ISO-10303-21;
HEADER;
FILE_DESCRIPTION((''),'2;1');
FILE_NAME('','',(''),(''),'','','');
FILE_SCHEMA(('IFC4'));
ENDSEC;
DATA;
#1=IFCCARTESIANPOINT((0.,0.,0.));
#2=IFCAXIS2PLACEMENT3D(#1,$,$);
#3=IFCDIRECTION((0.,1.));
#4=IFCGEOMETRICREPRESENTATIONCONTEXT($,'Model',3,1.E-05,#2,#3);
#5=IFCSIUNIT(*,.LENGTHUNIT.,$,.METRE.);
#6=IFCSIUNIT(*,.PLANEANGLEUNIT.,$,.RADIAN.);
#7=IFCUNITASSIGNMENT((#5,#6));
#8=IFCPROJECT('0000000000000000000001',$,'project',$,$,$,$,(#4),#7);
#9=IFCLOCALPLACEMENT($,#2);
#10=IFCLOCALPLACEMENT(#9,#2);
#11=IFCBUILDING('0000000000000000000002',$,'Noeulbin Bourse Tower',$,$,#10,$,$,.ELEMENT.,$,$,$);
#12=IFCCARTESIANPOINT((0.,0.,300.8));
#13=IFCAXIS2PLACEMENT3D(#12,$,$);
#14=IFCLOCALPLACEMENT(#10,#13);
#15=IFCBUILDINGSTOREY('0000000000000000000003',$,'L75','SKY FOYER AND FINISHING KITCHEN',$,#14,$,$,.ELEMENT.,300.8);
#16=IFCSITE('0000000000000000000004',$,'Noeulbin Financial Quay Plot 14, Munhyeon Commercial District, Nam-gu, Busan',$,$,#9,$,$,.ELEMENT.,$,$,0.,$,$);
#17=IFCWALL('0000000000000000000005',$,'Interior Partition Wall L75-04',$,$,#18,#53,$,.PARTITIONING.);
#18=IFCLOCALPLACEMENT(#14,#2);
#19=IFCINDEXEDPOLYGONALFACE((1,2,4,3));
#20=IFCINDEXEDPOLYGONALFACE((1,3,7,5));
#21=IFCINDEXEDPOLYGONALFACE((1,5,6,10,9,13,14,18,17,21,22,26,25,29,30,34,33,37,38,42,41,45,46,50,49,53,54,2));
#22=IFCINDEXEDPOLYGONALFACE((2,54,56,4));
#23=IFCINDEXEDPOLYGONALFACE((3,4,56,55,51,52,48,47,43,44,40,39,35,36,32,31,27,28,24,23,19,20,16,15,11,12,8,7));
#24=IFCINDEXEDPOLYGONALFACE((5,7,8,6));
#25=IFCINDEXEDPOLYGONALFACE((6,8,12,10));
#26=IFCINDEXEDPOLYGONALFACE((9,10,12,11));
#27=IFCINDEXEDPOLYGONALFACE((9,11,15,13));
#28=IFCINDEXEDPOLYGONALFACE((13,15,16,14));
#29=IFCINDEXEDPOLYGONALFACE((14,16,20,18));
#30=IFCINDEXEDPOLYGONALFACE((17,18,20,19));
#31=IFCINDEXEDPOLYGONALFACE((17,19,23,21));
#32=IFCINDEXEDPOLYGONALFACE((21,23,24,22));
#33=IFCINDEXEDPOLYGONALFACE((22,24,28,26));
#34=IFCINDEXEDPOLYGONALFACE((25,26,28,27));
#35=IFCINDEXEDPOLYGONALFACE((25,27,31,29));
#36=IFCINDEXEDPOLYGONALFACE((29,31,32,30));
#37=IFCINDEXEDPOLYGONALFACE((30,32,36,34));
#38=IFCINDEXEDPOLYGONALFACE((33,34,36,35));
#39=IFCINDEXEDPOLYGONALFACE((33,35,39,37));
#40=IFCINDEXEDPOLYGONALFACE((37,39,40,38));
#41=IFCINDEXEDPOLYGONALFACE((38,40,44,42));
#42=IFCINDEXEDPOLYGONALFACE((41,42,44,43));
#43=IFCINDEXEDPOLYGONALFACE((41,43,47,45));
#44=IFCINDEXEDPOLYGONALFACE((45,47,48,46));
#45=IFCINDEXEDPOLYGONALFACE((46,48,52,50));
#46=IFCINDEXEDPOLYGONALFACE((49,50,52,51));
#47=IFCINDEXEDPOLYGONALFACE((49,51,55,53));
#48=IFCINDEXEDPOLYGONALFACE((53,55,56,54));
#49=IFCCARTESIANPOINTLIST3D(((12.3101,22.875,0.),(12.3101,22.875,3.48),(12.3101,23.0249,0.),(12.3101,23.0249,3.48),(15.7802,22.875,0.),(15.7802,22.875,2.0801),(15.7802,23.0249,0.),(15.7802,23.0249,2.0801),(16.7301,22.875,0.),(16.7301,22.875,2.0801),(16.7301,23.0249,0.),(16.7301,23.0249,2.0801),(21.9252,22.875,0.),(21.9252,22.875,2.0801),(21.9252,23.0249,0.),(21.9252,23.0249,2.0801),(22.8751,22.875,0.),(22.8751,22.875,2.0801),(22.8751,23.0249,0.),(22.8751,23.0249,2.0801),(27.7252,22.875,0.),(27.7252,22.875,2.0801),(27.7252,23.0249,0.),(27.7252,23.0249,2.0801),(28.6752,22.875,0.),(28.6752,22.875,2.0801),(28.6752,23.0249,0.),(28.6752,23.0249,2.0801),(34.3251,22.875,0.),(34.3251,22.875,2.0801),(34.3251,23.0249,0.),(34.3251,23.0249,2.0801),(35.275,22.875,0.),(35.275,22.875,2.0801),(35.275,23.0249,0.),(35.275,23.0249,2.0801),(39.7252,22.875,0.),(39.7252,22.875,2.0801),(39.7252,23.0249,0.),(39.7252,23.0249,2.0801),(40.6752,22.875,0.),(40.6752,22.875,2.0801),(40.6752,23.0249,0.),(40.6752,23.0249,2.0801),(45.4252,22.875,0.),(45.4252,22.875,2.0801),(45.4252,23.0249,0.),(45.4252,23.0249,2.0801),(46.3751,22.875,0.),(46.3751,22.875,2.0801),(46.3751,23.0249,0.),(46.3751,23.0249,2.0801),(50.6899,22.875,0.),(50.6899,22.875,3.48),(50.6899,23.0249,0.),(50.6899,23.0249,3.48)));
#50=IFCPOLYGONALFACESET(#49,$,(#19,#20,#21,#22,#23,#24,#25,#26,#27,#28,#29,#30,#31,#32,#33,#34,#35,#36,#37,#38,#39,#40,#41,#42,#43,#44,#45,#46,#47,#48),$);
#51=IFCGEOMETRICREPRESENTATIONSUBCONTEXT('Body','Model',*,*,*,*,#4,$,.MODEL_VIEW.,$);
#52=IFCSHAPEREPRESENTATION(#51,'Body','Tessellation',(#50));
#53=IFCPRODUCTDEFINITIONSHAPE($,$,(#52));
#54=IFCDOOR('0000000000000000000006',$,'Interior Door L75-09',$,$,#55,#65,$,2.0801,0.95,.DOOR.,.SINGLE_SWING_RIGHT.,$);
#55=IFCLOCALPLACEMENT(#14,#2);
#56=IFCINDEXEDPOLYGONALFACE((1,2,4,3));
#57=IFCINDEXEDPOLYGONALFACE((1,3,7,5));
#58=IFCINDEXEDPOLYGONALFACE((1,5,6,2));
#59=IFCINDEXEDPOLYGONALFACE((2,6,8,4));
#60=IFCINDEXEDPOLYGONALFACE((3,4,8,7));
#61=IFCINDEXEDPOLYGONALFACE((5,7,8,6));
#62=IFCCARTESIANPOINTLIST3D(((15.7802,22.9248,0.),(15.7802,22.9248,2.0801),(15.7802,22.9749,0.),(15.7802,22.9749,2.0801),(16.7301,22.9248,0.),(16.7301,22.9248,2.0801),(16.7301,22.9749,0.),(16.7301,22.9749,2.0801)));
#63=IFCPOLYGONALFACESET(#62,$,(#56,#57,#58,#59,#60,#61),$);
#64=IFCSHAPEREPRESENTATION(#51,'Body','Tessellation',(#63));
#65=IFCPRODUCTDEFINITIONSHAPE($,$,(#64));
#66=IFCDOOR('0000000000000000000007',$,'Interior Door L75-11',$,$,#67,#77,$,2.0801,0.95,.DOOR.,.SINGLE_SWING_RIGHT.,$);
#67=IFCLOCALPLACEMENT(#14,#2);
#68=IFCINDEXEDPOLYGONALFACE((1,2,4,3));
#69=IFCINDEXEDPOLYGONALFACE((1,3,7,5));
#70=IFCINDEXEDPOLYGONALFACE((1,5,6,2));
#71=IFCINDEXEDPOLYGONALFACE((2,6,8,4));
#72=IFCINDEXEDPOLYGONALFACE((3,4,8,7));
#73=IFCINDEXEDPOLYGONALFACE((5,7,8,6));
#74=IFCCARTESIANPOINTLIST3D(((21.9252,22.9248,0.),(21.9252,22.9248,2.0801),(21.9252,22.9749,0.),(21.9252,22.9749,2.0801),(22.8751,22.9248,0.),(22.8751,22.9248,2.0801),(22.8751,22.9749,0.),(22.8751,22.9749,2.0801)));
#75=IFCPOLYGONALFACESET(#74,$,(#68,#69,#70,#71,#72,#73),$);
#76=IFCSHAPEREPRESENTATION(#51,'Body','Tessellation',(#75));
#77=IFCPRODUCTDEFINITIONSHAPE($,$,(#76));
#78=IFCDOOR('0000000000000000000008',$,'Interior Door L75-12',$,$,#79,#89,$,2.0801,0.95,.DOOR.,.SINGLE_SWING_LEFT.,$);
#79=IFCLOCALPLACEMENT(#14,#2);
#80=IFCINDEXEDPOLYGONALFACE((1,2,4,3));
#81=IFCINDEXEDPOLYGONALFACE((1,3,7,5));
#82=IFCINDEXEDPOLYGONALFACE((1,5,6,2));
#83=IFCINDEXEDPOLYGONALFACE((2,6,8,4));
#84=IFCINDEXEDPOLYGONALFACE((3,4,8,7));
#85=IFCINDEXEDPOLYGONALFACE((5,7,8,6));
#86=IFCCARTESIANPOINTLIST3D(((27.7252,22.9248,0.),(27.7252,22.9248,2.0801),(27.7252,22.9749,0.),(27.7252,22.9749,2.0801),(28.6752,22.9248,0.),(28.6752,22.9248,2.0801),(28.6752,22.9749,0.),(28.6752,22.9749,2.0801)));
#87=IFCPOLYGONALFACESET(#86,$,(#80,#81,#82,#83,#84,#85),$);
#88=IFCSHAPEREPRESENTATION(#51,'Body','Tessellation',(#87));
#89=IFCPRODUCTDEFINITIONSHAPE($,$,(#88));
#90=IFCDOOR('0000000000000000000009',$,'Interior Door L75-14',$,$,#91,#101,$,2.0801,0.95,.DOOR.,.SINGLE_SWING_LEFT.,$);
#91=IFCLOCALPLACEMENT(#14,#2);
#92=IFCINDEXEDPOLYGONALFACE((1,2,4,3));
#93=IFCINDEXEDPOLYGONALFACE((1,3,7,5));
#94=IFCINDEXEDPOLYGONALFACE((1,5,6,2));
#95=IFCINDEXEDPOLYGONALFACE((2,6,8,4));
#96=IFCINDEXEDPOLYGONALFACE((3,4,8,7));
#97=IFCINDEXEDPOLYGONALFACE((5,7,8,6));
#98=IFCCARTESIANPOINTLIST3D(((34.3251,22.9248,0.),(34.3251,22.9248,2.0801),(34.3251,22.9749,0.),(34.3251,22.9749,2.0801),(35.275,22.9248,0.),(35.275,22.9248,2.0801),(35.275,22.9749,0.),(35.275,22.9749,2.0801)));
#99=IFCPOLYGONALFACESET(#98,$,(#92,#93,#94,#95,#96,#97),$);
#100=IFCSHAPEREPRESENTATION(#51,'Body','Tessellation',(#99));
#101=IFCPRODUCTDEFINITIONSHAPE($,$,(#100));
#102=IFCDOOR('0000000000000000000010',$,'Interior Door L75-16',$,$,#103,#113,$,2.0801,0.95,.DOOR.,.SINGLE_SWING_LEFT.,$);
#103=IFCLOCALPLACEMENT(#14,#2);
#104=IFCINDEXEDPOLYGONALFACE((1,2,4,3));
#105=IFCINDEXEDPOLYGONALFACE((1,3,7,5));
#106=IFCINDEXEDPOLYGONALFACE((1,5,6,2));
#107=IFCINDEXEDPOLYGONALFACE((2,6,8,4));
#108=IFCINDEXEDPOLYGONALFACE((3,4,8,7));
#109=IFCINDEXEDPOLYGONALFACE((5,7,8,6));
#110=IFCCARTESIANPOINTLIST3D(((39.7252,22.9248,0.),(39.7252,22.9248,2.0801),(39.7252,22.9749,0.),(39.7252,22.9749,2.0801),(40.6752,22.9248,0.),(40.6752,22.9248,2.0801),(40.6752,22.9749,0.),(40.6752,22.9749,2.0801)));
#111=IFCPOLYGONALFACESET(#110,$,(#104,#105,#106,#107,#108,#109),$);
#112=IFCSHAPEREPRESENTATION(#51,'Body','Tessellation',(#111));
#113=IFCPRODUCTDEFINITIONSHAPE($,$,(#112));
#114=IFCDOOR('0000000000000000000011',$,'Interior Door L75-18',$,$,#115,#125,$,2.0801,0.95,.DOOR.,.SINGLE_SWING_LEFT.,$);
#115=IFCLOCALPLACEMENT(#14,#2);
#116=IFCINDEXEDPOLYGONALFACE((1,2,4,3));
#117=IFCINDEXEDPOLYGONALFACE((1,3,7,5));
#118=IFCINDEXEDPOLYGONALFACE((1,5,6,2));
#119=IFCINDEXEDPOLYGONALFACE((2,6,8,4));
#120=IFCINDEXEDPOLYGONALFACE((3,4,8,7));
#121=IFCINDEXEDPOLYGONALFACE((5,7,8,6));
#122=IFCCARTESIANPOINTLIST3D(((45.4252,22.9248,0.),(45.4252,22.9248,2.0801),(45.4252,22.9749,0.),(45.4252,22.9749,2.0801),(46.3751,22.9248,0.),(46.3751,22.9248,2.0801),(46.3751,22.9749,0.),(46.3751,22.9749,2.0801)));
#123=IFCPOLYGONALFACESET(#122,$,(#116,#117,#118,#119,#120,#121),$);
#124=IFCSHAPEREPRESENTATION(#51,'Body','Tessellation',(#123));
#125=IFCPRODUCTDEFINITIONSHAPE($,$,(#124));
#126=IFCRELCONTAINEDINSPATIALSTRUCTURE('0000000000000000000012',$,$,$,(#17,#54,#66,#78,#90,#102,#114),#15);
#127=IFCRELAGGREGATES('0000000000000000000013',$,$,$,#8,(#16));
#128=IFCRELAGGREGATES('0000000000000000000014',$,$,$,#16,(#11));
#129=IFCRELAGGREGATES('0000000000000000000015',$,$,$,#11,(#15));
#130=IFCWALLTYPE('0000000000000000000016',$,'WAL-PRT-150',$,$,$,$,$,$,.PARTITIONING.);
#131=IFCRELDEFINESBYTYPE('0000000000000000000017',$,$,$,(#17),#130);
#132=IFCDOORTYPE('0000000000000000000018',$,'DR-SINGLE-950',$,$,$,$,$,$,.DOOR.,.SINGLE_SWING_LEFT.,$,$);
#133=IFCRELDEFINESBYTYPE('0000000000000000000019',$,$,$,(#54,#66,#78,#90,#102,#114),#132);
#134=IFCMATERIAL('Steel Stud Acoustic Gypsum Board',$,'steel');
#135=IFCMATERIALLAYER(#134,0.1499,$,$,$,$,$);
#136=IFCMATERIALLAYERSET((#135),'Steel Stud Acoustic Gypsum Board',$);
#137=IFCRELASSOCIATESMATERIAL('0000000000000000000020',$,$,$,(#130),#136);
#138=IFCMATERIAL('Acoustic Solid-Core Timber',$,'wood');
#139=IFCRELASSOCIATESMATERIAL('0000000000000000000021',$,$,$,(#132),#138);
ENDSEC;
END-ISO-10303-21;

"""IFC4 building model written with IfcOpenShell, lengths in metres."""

from ifc_helpers import new_model, si_unit, direction, frame, frame_2d, origin, place, context, subcontext, project, spatial, rectangle, extrude, material, layer, layer_set, type_object, element, fill, save


model = new_model("IFC4")

# Units and contexts
model_context = context("Model", 3, precision=1e-05, world=origin(), true_north=direction((0.0, 1.0)))
body_context = subcontext(model_context, "Body", "Model", "MODEL_VIEW")
ifc_project = project(units=[si_unit("LENGTHUNIT", "METRE"), si_unit("PLANEANGLEUNIT", "RADIAN")], contexts=[model_context])

# Site, building, storey
site_placement = place(None, origin())
site = spatial("IfcSite", under=ifc_project, at=site_placement, Name="Noeulbin Financial Quay Plot 14, Munhyeon Commercial District, Nam-gu, Busan", CompositionType="ELEMENT", RefElevation=0.0)
building_placement = place(site_placement, origin())
building = spatial("IfcBuilding", under=site, at=building_placement, Name="Noeulbin Bourse Tower", CompositionType="ELEMENT")
storey_placement = place(building_placement, frame((0.0, 0.0, 300.8)))
storey = spatial("IfcBuildingStorey", under=building, at=storey_placement, Name="L75", Description="SKY FOYER AND FINISHING KITCHEN", CompositionType="ELEMENT", Elevation=300.8)

# Wall, openings, doors
ifc_material_1 = material(Name="Steel Stud Acoustic Gypsum Board", Category="steel")
ifc_layer_1 = layer(ifc_material_1, 0.1499)
ifc_layer_set_1 = layer_set([ifc_layer_1], Name="Steel Stud Acoustic Gypsum Board")
wall_type_1 = type_object("IfcWallType", Name="WAL-PRT-150", PredefinedType="PARTITIONING", material=ifc_layer_set_1)
wall_1_placement = place(storey_placement, frame((12.3101, 22.95, 0.0), z_axis=(0.0, 0.0, 1.0), x_axis=(1.0, 0.0, 0.0)))
wall_1 = element("IfcWall", 1, at=wall_1_placement, inside=storey, type_object=wall_type_1, Name="Interior Partition Wall L75-04", PredefinedType="PARTITIONING", context=body_context, shape_type="SweptSolid", body=[
    extrude(rectangle(XDim=38.3799, YDim=0.1499, at=frame_2d((19.1899, 0.0))), origin(), (0.0, 0.0, 1.0), 3.48),
])
opening_1_placement = place(wall_1_placement, frame((3.47, 0.0, 0.0)))
opening_1 = element("IfcOpeningElement", 2, at=opening_1_placement, cuts=wall_1, PredefinedType="OPENING", context=body_context, shape_type="SweptSolid", body=[
    extrude(rectangle(XDim=0.95, YDim=2.0801, at=frame_2d((0.4751, 1.04))), frame((0.0, 0.085, 0.0), z_axis=(0.0, -1.0, 0.0), x_axis=(1.0, 0.0, 0.0)), (0.0, 0.0, 1.0), 0.1699),
])
opening_2_placement = place(wall_1_placement, frame((9.615, 0.0, 0.0)))
opening_2 = element("IfcOpeningElement", 3, at=opening_2_placement, cuts=wall_1, PredefinedType="OPENING", context=body_context, shape_type="SweptSolid", body=[
    extrude(rectangle(XDim=0.95, YDim=2.0801, at=frame_2d((0.4751, 1.04))), frame((0.0, 0.085, 0.0), z_axis=(0.0, -1.0, 0.0), x_axis=(1.0, 0.0, 0.0)), (0.0, 0.0, 1.0), 0.1699),
])
opening_3_placement = place(wall_1_placement, frame((15.415, 0.0, 0.0)))
opening_3 = element("IfcOpeningElement", 4, at=opening_3_placement, cuts=wall_1, PredefinedType="OPENING", context=body_context, shape_type="SweptSolid", body=[
    extrude(rectangle(XDim=0.95, YDim=2.0801, at=frame_2d((0.4751, 1.04))), frame((0.0, 0.085, 0.0), z_axis=(0.0, -1.0, 0.0), x_axis=(1.0, 0.0, 0.0)), (0.0, 0.0, 1.0), 0.1699),
])
opening_4_placement = place(wall_1_placement, frame((22.0149, 0.0, 0.0)))
opening_4 = element("IfcOpeningElement", 5, at=opening_4_placement, cuts=wall_1, PredefinedType="OPENING", context=body_context, shape_type="SweptSolid", body=[
    extrude(rectangle(XDim=0.95, YDim=2.0801, at=frame_2d((0.4751, 1.04))), frame((0.0, 0.085, 0.0), z_axis=(0.0, -1.0, 0.0), x_axis=(1.0, 0.0, 0.0)), (0.0, 0.0, 1.0), 0.1699),
])
opening_5_placement = place(wall_1_placement, frame((27.415, 0.0, 0.0)))
opening_5 = element("IfcOpeningElement", 6, at=opening_5_placement, cuts=wall_1, PredefinedType="OPENING", context=body_context, shape_type="SweptSolid", body=[
    extrude(rectangle(XDim=0.95, YDim=2.0801, at=frame_2d((0.4751, 1.04))), frame((0.0, 0.085, 0.0), z_axis=(0.0, -1.0, 0.0), x_axis=(1.0, 0.0, 0.0)), (0.0, 0.0, 1.0), 0.1699),
])
opening_6_placement = place(wall_1_placement, frame((33.115, 0.0, 0.0)))
opening_6 = element("IfcOpeningElement", 7, at=opening_6_placement, cuts=wall_1, PredefinedType="OPENING", context=body_context, shape_type="SweptSolid", body=[
    extrude(rectangle(XDim=0.95, YDim=2.0801, at=frame_2d((0.4751, 1.04))), frame((0.0, 0.085, 0.0), z_axis=(0.0, -1.0, 0.0), x_axis=(1.0, 0.0, 0.0)), (0.0, 0.0, 1.0), 0.1699),
])
ifc_material_2 = material(Name="Acoustic Solid-Core Timber", Category="wood")
door_type_1 = type_object("IfcDoorType", Name="DR-SINGLE-950", OperationType="SINGLE_SWING_LEFT", PredefinedType="DOOR", material=ifc_material_2)
door_1_placement = place(opening_1_placement, origin())
door_1 = element("IfcDoor", 8, at=door_1_placement, inside=storey, type_object=door_type_1, Name="Interior Door L75-09", OperationType="SINGLE_SWING_RIGHT", OverallHeight=2.0801, OverallWidth=0.95, PredefinedType="DOOR", context=body_context, shape_type="SweptSolid", body=[
    extrude(rectangle(XDim=0.95, YDim=2.0801, at=frame_2d((0.4751, 1.04))), frame((0.0, 0.0249, 0.0), z_axis=(0.0, -1.0, 0.0), x_axis=(1.0, 0.0, 0.0)), (0.0, 0.0, 1.0), 0.05),
])
fill(opening_1, door_1)
door_2_placement = place(opening_2_placement, origin())
door_2 = element("IfcDoor", 9, at=door_2_placement, inside=storey, type_object=door_type_1, Name="Interior Door L75-11", OperationType="SINGLE_SWING_RIGHT", OverallHeight=2.0801, OverallWidth=0.95, PredefinedType="DOOR", context=body_context, shape_type="SweptSolid", body=[
    extrude(rectangle(XDim=0.95, YDim=2.0801, at=frame_2d((0.4751, 1.04))), frame((0.0, 0.0249, 0.0), z_axis=(0.0, -1.0, 0.0), x_axis=(1.0, 0.0, 0.0)), (0.0, 0.0, 1.0), 0.05),
])
fill(opening_2, door_2)
door_3_placement = place(opening_3_placement, origin())
door_3 = element("IfcDoor", 10, at=door_3_placement, inside=storey, type_object=door_type_1, Name="Interior Door L75-12", OperationType="SINGLE_SWING_LEFT", OverallHeight=2.0801, OverallWidth=0.95, PredefinedType="DOOR", context=body_context, shape_type="SweptSolid", body=[
    extrude(rectangle(XDim=0.95, YDim=2.0801, at=frame_2d((0.4751, 1.04))), frame((0.0, 0.0249, 0.0), z_axis=(0.0, -1.0, 0.0), x_axis=(1.0, 0.0, 0.0)), (0.0, 0.0, 1.0), 0.05),
])
fill(opening_3, door_3)
door_4_placement = place(opening_4_placement, origin())
door_4 = element("IfcDoor", 11, at=door_4_placement, inside=storey, type_object=door_type_1, Name="Interior Door L75-14", OperationType="SINGLE_SWING_LEFT", OverallHeight=2.0801, OverallWidth=0.95, PredefinedType="DOOR", context=body_context, shape_type="SweptSolid", body=[
    extrude(rectangle(XDim=0.95, YDim=2.0801, at=frame_2d((0.4751, 1.04))), frame((0.0, 0.0249, 0.0), z_axis=(0.0, -1.0, 0.0), x_axis=(1.0, 0.0, 0.0)), (0.0, 0.0, 1.0), 0.05),
])
fill(opening_4, door_4)
door_5_placement = place(opening_5_placement, origin())
door_5 = element("IfcDoor", 12, at=door_5_placement, inside=storey, type_object=door_type_1, Name="Interior Door L75-16", OperationType="SINGLE_SWING_LEFT", OverallHeight=2.0801, OverallWidth=0.95, PredefinedType="DOOR", context=body_context, shape_type="SweptSolid", body=[
    extrude(rectangle(XDim=0.95, YDim=2.0801, at=frame_2d((0.4751, 1.04))), frame((0.0, 0.0249, 0.0), z_axis=(0.0, -1.0, 0.0), x_axis=(1.0, 0.0, 0.0)), (0.0, 0.0, 1.0), 0.05),
])
fill(opening_5, door_5)
door_6_placement = place(opening_6_placement, origin())
door_6 = element("IfcDoor", 13, at=door_6_placement, inside=storey, type_object=door_type_1, Name="Interior Door L75-18", OperationType="SINGLE_SWING_LEFT", OverallHeight=2.0801, OverallWidth=0.95, PredefinedType="DOOR", context=body_context, shape_type="SweptSolid", body=[
    extrude(rectangle(XDim=0.95, YDim=2.0801, at=frame_2d((0.4751, 1.04))), frame((0.0, 0.0249, 0.0), z_axis=(0.0, -1.0, 0.0), x_axis=(1.0, 0.0, 0.0)), (0.0, 0.0, 1.0), 0.05),
])
fill(opening_6, door_6)

save(model, "model.ifc")
